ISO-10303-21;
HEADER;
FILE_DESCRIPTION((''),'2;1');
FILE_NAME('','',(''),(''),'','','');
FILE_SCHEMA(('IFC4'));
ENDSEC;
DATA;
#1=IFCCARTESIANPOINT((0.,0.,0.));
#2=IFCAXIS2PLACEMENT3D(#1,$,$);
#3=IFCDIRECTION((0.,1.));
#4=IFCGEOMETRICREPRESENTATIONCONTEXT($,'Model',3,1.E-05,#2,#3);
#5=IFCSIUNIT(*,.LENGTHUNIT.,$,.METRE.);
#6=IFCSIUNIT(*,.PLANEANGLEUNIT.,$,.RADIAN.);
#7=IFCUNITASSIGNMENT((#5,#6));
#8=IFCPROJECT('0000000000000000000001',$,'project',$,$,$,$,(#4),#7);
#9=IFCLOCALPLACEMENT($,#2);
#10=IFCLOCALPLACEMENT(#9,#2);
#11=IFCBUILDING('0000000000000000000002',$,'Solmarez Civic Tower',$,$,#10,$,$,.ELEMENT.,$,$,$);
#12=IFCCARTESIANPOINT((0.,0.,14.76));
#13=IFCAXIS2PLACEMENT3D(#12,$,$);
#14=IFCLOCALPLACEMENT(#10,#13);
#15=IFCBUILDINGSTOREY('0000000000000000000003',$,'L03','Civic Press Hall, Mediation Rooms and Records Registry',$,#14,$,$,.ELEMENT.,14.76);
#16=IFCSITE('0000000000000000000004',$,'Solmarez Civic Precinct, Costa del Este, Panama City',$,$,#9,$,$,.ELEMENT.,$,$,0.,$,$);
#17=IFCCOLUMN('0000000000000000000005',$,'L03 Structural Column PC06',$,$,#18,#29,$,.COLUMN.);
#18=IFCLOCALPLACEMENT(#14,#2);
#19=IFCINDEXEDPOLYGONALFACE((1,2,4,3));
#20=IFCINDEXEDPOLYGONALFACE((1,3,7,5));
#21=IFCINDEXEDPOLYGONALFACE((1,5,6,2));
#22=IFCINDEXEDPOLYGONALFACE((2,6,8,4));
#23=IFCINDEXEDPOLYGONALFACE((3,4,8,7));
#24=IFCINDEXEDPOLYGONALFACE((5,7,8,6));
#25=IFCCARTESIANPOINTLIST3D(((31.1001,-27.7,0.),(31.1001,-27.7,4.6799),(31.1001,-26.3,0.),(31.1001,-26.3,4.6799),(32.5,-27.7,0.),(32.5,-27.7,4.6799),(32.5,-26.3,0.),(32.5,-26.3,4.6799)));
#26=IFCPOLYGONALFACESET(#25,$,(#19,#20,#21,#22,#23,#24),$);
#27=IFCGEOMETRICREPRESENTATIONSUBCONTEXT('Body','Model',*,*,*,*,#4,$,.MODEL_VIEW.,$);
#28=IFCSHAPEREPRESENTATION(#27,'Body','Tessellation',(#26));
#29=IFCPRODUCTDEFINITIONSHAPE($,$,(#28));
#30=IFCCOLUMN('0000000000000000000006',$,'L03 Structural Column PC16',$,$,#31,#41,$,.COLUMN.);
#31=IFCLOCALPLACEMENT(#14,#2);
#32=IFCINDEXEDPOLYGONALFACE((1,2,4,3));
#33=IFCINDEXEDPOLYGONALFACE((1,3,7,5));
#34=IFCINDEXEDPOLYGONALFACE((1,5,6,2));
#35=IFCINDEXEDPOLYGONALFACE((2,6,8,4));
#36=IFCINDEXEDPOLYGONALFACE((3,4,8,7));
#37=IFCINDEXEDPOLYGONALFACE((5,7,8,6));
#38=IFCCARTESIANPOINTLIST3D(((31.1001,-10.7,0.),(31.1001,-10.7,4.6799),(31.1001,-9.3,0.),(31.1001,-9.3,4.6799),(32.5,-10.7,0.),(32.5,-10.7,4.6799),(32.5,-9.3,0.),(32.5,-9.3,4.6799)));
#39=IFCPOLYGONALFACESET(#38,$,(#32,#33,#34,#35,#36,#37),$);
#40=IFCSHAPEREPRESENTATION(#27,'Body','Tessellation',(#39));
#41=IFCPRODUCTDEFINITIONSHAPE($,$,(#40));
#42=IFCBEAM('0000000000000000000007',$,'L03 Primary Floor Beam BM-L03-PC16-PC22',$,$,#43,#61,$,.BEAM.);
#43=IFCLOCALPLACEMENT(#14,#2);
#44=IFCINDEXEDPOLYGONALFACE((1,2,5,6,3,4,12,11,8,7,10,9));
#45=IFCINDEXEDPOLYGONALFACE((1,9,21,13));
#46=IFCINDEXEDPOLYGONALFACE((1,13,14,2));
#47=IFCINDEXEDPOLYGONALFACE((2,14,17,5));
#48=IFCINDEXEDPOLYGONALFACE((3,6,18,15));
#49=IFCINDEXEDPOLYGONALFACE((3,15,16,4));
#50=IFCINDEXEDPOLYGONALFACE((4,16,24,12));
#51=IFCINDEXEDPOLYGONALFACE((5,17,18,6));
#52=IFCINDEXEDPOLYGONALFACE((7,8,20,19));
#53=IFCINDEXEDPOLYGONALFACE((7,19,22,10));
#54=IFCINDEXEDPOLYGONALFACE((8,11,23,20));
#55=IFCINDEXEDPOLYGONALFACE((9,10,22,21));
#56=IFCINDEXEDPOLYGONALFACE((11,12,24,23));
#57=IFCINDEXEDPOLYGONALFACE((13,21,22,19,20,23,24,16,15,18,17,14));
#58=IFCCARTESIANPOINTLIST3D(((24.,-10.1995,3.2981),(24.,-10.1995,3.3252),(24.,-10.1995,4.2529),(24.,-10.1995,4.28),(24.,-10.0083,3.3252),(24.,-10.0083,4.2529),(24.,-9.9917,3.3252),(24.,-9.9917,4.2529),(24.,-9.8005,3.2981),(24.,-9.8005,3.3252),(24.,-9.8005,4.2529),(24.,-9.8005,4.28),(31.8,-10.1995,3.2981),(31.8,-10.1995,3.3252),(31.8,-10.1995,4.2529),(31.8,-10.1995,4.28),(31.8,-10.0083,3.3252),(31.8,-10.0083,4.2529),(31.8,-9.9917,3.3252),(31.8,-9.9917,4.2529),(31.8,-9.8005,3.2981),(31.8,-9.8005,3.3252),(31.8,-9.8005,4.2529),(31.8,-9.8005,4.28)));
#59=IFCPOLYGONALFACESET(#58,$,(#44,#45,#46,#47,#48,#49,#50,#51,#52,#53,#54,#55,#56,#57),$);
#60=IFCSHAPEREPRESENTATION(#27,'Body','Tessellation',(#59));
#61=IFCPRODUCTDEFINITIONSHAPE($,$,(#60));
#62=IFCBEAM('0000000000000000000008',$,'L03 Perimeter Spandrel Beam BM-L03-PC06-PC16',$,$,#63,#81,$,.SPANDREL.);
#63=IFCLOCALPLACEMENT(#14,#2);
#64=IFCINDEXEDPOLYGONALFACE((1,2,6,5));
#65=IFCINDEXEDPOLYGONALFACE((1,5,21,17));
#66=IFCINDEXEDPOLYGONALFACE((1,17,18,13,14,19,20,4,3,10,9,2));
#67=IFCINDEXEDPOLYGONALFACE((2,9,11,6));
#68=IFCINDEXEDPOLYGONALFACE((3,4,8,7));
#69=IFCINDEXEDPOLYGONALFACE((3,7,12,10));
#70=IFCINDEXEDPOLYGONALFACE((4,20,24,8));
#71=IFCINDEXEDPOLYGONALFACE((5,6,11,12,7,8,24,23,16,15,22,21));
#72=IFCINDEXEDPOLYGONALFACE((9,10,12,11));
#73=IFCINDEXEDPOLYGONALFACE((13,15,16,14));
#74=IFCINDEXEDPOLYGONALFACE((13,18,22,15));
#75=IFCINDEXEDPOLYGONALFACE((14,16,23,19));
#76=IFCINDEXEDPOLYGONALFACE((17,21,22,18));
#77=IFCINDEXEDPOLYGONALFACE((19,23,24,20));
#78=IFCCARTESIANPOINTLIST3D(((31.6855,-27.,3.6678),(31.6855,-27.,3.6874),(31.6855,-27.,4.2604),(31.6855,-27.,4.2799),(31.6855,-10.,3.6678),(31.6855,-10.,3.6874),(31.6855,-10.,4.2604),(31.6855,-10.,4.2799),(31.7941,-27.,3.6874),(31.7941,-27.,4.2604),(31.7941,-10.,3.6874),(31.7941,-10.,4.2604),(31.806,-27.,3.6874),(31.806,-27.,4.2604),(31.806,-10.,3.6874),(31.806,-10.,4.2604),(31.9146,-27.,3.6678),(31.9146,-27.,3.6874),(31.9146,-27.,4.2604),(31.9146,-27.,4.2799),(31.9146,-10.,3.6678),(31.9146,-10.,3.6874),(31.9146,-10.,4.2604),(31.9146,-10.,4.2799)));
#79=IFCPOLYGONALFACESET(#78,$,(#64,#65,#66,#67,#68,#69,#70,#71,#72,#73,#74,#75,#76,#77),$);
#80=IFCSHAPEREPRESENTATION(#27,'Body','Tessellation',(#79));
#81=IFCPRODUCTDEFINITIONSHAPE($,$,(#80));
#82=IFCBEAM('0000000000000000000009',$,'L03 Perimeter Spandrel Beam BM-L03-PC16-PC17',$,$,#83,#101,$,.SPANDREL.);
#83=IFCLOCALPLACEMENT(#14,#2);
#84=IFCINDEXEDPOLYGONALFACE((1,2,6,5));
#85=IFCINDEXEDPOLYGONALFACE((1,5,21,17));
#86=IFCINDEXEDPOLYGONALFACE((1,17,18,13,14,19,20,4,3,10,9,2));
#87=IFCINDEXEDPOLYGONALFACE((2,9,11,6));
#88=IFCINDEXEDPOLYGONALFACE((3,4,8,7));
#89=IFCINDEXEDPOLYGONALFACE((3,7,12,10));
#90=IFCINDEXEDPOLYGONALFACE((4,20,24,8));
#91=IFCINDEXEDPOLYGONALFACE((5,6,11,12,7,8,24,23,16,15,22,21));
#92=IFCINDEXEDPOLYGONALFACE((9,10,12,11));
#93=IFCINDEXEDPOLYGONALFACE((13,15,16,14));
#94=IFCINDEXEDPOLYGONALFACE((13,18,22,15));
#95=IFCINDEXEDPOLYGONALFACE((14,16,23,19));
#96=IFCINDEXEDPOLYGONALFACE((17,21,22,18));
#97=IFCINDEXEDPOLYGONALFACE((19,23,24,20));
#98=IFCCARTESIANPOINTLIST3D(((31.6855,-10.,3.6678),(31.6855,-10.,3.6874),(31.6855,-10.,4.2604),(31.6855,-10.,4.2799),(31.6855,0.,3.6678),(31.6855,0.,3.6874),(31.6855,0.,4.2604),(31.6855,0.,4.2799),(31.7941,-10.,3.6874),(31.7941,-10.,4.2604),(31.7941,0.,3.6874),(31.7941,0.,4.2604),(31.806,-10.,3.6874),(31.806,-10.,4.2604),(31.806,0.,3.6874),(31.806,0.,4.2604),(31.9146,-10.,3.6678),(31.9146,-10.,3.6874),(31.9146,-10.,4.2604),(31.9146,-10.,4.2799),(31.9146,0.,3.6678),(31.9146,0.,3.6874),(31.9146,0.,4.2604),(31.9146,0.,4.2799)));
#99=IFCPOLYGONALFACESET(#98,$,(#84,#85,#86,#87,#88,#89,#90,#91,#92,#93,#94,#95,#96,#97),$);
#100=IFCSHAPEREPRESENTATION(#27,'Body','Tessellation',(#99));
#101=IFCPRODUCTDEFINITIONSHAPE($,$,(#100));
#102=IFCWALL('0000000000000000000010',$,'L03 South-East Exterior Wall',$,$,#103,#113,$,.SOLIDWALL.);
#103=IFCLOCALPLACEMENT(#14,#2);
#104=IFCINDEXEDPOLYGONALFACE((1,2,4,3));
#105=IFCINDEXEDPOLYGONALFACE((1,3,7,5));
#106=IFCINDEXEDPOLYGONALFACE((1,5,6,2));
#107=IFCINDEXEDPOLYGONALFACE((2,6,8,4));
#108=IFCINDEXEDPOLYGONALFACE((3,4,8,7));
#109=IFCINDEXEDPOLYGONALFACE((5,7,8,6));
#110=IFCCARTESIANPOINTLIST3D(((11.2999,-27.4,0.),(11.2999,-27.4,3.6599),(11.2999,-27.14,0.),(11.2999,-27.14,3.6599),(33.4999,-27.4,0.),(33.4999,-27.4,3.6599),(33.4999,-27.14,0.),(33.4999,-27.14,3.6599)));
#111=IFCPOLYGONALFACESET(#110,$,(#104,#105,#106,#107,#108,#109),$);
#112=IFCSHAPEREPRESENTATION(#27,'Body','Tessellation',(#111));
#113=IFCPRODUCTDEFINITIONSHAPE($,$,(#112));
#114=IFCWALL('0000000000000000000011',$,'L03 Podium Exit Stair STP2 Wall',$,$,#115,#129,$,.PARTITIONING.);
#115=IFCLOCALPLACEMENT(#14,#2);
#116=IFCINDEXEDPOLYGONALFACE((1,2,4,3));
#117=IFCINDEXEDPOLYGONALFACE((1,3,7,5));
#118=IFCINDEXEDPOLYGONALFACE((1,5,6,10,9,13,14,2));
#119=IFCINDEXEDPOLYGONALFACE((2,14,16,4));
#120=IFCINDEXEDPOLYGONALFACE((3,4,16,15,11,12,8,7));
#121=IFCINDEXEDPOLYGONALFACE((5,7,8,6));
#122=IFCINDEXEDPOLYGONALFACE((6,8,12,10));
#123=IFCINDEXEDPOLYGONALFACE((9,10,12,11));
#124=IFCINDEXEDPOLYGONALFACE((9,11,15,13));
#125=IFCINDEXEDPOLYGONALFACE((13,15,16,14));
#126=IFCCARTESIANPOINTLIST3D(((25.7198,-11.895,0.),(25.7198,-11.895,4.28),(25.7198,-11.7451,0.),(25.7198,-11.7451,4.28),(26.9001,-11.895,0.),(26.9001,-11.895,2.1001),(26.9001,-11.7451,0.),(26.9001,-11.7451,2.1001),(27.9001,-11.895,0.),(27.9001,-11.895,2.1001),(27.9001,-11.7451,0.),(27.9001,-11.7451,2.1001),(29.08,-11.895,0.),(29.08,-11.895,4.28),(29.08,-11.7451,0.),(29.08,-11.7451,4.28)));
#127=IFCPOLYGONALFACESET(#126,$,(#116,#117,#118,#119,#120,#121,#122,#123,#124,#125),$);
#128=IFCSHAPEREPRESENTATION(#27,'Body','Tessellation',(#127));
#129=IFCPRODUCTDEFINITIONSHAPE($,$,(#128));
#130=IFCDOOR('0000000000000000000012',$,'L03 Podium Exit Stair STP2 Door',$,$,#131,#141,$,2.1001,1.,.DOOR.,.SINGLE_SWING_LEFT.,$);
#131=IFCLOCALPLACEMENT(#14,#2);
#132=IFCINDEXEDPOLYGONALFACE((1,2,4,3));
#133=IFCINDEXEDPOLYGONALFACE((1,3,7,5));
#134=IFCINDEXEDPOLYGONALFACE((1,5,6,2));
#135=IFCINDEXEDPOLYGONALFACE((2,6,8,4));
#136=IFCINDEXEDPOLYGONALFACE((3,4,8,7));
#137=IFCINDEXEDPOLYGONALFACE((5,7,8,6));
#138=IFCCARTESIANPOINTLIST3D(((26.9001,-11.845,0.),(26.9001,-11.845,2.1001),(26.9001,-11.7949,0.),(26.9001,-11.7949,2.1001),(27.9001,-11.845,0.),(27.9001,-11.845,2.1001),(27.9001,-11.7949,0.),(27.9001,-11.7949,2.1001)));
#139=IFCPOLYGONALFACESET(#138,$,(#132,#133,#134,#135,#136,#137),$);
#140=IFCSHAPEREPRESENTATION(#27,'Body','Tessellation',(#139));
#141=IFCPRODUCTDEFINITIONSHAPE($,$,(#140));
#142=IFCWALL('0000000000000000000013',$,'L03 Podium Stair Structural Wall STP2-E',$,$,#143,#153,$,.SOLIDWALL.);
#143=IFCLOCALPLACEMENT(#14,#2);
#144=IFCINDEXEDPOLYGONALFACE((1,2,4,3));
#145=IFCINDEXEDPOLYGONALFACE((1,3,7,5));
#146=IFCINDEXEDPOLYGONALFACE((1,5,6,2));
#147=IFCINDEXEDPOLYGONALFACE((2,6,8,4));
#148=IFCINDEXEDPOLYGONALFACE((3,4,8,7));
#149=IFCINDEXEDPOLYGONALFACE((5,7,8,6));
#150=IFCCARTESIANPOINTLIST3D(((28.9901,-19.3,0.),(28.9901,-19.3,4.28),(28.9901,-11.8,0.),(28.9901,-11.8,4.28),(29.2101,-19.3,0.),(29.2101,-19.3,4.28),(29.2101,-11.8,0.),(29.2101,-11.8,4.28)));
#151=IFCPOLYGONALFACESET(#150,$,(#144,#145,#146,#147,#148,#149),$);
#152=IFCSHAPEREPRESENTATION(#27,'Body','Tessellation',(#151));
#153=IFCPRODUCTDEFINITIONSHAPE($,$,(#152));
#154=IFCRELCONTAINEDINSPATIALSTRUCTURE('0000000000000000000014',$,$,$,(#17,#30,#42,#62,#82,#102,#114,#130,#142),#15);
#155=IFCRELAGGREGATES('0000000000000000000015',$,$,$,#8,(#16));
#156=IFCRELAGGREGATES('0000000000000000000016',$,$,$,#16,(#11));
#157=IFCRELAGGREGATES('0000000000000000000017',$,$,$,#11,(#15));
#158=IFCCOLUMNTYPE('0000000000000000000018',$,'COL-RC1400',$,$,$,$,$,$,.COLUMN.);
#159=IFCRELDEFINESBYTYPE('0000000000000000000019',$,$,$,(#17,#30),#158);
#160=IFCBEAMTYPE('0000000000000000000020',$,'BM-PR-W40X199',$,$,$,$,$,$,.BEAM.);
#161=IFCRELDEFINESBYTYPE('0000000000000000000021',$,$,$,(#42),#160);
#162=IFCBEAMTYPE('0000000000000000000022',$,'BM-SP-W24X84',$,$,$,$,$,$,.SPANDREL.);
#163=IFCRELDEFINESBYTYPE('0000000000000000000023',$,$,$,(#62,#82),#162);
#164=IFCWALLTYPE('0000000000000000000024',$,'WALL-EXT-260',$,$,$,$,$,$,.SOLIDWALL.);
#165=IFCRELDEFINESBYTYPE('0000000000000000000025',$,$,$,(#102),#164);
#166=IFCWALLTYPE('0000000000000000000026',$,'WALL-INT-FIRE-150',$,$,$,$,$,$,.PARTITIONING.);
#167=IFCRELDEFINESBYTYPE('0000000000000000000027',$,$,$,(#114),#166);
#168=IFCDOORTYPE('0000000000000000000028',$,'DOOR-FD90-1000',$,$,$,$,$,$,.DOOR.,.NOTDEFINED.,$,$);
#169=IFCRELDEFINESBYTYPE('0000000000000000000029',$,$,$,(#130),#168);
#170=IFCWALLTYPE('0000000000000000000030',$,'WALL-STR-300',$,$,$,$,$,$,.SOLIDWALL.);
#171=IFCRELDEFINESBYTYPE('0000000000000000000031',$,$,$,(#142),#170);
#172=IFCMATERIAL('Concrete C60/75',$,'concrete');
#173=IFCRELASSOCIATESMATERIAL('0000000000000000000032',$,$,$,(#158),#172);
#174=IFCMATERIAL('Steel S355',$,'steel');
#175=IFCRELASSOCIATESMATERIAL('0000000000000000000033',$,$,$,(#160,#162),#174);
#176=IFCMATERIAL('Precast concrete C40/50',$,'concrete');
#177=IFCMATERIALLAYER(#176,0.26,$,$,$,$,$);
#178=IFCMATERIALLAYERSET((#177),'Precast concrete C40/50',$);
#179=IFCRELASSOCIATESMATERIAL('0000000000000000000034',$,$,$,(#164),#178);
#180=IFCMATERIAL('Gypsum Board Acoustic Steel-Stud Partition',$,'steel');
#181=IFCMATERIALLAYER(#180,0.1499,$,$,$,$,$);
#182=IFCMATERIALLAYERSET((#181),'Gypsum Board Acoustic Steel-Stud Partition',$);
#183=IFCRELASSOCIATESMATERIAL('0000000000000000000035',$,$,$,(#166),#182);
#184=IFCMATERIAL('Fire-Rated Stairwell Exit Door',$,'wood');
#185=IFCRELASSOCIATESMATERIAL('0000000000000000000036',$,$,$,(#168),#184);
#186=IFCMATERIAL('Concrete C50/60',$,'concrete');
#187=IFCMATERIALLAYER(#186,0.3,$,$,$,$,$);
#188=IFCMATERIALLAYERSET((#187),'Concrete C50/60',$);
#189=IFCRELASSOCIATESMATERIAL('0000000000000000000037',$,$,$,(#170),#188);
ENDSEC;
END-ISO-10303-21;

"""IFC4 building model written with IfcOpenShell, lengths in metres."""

from ifc_helpers import new_model, si_unit, direction, frame, frame_2d, origin, origin_2d, place, context, subcontext, project, spatial, rectangle, i_section, extrude, material, layer, layer_set, material_profile, profile_set, type_object, element, fill, save


model = new_model("IFC4")

# Units and contexts
model_context = context("Model", 3, precision=1e-05, world=origin(), true_north=direction((0.0, 1.0)))
body_context = subcontext(model_context, "Body", "Model", "MODEL_VIEW")
ifc_project = project(units=[si_unit("LENGTHUNIT", "METRE"), si_unit("PLANEANGLEUNIT", "RADIAN")], contexts=[model_context])

# Site, building, storey
site_placement = place(None, origin())
site = spatial("IfcSite", under=ifc_project, at=site_placement, Name="Solmarez Civic Precinct, Costa del Este, Panama City", CompositionType="ELEMENT", RefElevation=0.0)
building_placement = place(site_placement, origin())
building = spatial("IfcBuilding", under=site, at=building_placement, Name="Solmarez Civic Tower", CompositionType="ELEMENT")
storey_placement = place(building_placement, frame((0.0, 0.0, 14.76)))
storey = spatial("IfcBuildingStorey", under=building, at=storey_placement, Name="L03", Description="Civic Press Hall, Mediation Rooms and Records Registry", CompositionType="ELEMENT", Elevation=14.76)

# Columns
ifc_material_1 = material(Name="Concrete C60/75", Category="concrete")
ifc_material_profile_1 = material_profile(ifc_material_1, rectangle(XDim=1.3999, YDim=1.3999, at=origin_2d()), Name="RC1400X1400")
ifc_profile_set_1 = profile_set([ifc_material_profile_1], Name="Concrete C60/75")
column_type = type_object("IfcColumnType", Name="COL-RC1400", PredefinedType="COLUMN", material=ifc_profile_set_1)
for number, where, z_axis, x_axis, name in (
    (1, (31.8, -27.0, 0.0), (0.0, 0.0, 1.0), (1.0, 0.0, 0.0), "L03 Structural Column PC06"),
    (2, (31.8, -10.0, 0.0), (0.0, 0.0, 1.0), (1.0, 0.0, 0.0), "L03 Structural Column PC16"),
):
    element("IfcColumn", number, at=place(storey_placement, frame(where, z_axis=z_axis, x_axis=x_axis)), inside=storey, type_object=column_type, Name=name, PredefinedType="COLUMN", context=body_context, shape_type="SweptSolid", body=[
        extrude(rectangle(XDim=1.3999, YDim=1.3999, at=origin_2d()), origin(), (0.0, 0.0, 1.0), 4.6799),
    ])

# Beams
ifc_material_2 = material(Name="Steel S355", Category="steel")
ifc_material_profile_2 = material_profile(ifc_material_2, i_section(OverallWidth=0.3989, OverallDepth=0.9819, WebThickness=0.0166, FlangeThickness=0.0271, at=origin_2d()), Name="W40X199")
ifc_profile_set_2 = profile_set([ifc_material_profile_2], Name="Steel S355")
beam_type_1 = type_object("IfcBeamType", Name="BM-PR-W40X199", PredefinedType="BEAM", material=ifc_profile_set_2)
beam_1_placement = place(storey_placement, frame((31.8, -10.0, 3.7891), z_axis=(-1.0, 0.0, 0.0), x_axis=(0.0, -1.0, 0.0)))
element("IfcBeam", 3, at=beam_1_placement, inside=storey, type_object=beam_type_1, Name="L03 Primary Floor Beam BM-L03-PC16-PC22", PredefinedType="BEAM", context=body_context, shape_type="SweptSolid", body=[
    extrude(i_section(OverallWidth=0.3989, OverallDepth=0.9819, WebThickness=0.0166, FlangeThickness=0.0271, at=origin_2d()), origin(), (0.0, 0.0, 1.0), 7.8),
])
ifc_material_profile_3 = material_profile(ifc_material_2, i_section(OverallWidth=0.229, OverallDepth=0.6121, WebThickness=0.012, FlangeThickness=0.0195, at=origin_2d()), Name="W24X84")
ifc_profile_set_3 = profile_set([ifc_material_profile_3], Name="Steel S355")
beam_type_2 = type_object("IfcBeamType", Name="BM-SP-W24X84", PredefinedType="SPANDREL", material=ifc_profile_set_3)
beam_2_placement = place(storey_placement, frame((31.8, -27.0, 3.9739), z_axis=(0.0, 1.0, 0.0), x_axis=(-1.0, 0.0, 0.0)))
element("IfcBeam", 4, at=beam_2_placement, inside=storey, type_object=beam_type_2, Name="L03 Perimeter Spandrel Beam BM-L03-PC06-PC16", PredefinedType="SPANDREL", context=body_context, shape_type="SweptSolid", body=[
    extrude(i_section(OverallWidth=0.229, OverallDepth=0.6121, WebThickness=0.012, FlangeThickness=0.0195, at=origin_2d()), origin(), (0.0, 0.0, 1.0), 17.0),
])
beam_3_placement = place(storey_placement, frame((31.8, -10.0, 3.9739), z_axis=(0.0, 1.0, 0.0), x_axis=(-1.0, 0.0, 0.0)))
element("IfcBeam", 5, at=beam_3_placement, inside=storey, type_object=beam_type_2, Name="L03 Perimeter Spandrel Beam BM-L03-PC16-PC17", PredefinedType="SPANDREL", context=body_context, shape_type="SweptSolid", body=[
    extrude(i_section(OverallWidth=0.229, OverallDepth=0.6121, WebThickness=0.012, FlangeThickness=0.0195, at=origin_2d()), origin(), (0.0, 0.0, 1.0), 10.0),
])

# Wall
ifc_material_3 = material(Name="Precast concrete C40/50", Category="concrete")
ifc_layer_1 = layer(ifc_material_3, 0.26)
ifc_layer_set_1 = layer_set([ifc_layer_1], Name="Precast concrete C40/50")
wall_type_1 = type_object("IfcWallType", Name="WALL-EXT-260", PredefinedType="SOLIDWALL", material=ifc_layer_set_1)
wall_1_placement = place(storey_placement, frame((33.5, -27.27, 0.0), z_axis=(0.0, 0.0, 1.0), x_axis=(-1.0, 0.0, 0.0)))
element("IfcWall", 6, at=wall_1_placement, inside=storey, type_object=wall_type_1, Name="L03 South-East Exterior Wall", PredefinedType="SOLIDWALL", context=body_context, shape_type="SweptSolid", body=[
    extrude(rectangle(XDim=22.2, YDim=0.26, at=frame_2d((11.1001, 0.0))), origin(), (0.0, 0.0, 1.0), 3.6599),
])

# Wall, opening, door
ifc_material_4 = material(Name="Gypsum Board Acoustic Steel-Stud Partition", Category="steel")
ifc_layer_2 = layer(ifc_material_4, 0.1499)
ifc_layer_set_2 = layer_set([ifc_layer_2], Name="Gypsum Board Acoustic Steel-Stud Partition")
wall_type_2 = type_object("IfcWallType", Name="WALL-INT-FIRE-150", PredefinedType="PARTITIONING", material=ifc_layer_set_2)
wall_2_placement = place(storey_placement, frame((29.0801, -11.8201, 0.0), z_axis=(0.0, 0.0, 1.0), x_axis=(-1.0, 0.0, 0.0)))
wall_2 = element("IfcWall", 7, at=wall_2_placement, inside=storey, type_object=wall_type_2, Name="L03 Podium Exit Stair STP2 Wall", PredefinedType="PARTITIONING", context=body_context, shape_type="SweptSolid", body=[
    extrude(rectangle(XDim=3.3601, YDim=0.1499, at=frame_2d((1.6802, 0.0))), origin(), (0.0, 0.0, 1.0), 4.28),
])
opening_placement = place(wall_2_placement, frame((1.1799, 0.0, 0.0)))
opening = element("IfcOpeningElement", 8, at=opening_placement, cuts=wall_2, PredefinedType="OPENING", context=body_context, shape_type="SweptSolid", body=[
    extrude(rectangle(XDim=1.0, YDim=2.1001, at=frame_2d((0.5, 1.05))), frame((0.0, 0.085, 0.0), z_axis=(0.0, -1.0, 0.0), x_axis=(1.0, 0.0, 0.0)), (0.0, 0.0, 1.0), 0.1699),
])
ifc_material_5 = material(Name="Fire-Rated Stairwell Exit Door", Category="wood")
door_type = type_object("IfcDoorType", Name="DOOR-FD90-1000", OperationType="NOTDEFINED", PredefinedType="DOOR", material=ifc_material_5)
door_placement = place(opening_placement, origin())
door = element("IfcDoor", 9, at=door_placement, inside=storey, type_object=door_type, Name="L03 Podium Exit Stair STP2 Door", OperationType="SINGLE_SWING_LEFT", OverallHeight=2.1001, OverallWidth=1.0, PredefinedType="DOOR", context=body_context, shape_type="SweptSolid", body=[
    extrude(rectangle(XDim=1.0, YDim=2.1001, at=frame_2d((0.5, 1.05))), frame((0.0, 0.0249, 0.0), z_axis=(0.0, -1.0, 0.0), x_axis=(1.0, 0.0, 0.0)), (0.0, 0.0, 1.0), 0.05),
])
fill(opening, door)

# Wall
ifc_material_6 = material(Name="Concrete C50/60", Category="concrete")
ifc_layer_3 = layer(ifc_material_6, 0.3)
ifc_layer_set_3 = layer_set([ifc_layer_3], Name="Concrete C50/60")
wall_type_3 = type_object("IfcWallType", Name="WALL-STR-300", PredefinedType="SOLIDWALL", material=ifc_layer_set_3)
wall_3_placement = place(storey_placement, frame((29.1001, -19.3, 0.0), z_axis=(0.0, 0.0, 1.0), x_axis=(0.0, 1.0, 0.0)))
element("IfcWall", 10, at=wall_3_placement, inside=storey, type_object=wall_type_3, Name="L03 Podium Stair Structural Wall STP2-E", PredefinedType="SOLIDWALL", context=body_context, shape_type="SweptSolid", body=[
    extrude(rectangle(XDim=7.5, YDim=0.22, at=frame_2d((3.75, 0.0))), origin(), (0.0, 0.0, 1.0), 4.28),
])

save(model, "model.ifc")
